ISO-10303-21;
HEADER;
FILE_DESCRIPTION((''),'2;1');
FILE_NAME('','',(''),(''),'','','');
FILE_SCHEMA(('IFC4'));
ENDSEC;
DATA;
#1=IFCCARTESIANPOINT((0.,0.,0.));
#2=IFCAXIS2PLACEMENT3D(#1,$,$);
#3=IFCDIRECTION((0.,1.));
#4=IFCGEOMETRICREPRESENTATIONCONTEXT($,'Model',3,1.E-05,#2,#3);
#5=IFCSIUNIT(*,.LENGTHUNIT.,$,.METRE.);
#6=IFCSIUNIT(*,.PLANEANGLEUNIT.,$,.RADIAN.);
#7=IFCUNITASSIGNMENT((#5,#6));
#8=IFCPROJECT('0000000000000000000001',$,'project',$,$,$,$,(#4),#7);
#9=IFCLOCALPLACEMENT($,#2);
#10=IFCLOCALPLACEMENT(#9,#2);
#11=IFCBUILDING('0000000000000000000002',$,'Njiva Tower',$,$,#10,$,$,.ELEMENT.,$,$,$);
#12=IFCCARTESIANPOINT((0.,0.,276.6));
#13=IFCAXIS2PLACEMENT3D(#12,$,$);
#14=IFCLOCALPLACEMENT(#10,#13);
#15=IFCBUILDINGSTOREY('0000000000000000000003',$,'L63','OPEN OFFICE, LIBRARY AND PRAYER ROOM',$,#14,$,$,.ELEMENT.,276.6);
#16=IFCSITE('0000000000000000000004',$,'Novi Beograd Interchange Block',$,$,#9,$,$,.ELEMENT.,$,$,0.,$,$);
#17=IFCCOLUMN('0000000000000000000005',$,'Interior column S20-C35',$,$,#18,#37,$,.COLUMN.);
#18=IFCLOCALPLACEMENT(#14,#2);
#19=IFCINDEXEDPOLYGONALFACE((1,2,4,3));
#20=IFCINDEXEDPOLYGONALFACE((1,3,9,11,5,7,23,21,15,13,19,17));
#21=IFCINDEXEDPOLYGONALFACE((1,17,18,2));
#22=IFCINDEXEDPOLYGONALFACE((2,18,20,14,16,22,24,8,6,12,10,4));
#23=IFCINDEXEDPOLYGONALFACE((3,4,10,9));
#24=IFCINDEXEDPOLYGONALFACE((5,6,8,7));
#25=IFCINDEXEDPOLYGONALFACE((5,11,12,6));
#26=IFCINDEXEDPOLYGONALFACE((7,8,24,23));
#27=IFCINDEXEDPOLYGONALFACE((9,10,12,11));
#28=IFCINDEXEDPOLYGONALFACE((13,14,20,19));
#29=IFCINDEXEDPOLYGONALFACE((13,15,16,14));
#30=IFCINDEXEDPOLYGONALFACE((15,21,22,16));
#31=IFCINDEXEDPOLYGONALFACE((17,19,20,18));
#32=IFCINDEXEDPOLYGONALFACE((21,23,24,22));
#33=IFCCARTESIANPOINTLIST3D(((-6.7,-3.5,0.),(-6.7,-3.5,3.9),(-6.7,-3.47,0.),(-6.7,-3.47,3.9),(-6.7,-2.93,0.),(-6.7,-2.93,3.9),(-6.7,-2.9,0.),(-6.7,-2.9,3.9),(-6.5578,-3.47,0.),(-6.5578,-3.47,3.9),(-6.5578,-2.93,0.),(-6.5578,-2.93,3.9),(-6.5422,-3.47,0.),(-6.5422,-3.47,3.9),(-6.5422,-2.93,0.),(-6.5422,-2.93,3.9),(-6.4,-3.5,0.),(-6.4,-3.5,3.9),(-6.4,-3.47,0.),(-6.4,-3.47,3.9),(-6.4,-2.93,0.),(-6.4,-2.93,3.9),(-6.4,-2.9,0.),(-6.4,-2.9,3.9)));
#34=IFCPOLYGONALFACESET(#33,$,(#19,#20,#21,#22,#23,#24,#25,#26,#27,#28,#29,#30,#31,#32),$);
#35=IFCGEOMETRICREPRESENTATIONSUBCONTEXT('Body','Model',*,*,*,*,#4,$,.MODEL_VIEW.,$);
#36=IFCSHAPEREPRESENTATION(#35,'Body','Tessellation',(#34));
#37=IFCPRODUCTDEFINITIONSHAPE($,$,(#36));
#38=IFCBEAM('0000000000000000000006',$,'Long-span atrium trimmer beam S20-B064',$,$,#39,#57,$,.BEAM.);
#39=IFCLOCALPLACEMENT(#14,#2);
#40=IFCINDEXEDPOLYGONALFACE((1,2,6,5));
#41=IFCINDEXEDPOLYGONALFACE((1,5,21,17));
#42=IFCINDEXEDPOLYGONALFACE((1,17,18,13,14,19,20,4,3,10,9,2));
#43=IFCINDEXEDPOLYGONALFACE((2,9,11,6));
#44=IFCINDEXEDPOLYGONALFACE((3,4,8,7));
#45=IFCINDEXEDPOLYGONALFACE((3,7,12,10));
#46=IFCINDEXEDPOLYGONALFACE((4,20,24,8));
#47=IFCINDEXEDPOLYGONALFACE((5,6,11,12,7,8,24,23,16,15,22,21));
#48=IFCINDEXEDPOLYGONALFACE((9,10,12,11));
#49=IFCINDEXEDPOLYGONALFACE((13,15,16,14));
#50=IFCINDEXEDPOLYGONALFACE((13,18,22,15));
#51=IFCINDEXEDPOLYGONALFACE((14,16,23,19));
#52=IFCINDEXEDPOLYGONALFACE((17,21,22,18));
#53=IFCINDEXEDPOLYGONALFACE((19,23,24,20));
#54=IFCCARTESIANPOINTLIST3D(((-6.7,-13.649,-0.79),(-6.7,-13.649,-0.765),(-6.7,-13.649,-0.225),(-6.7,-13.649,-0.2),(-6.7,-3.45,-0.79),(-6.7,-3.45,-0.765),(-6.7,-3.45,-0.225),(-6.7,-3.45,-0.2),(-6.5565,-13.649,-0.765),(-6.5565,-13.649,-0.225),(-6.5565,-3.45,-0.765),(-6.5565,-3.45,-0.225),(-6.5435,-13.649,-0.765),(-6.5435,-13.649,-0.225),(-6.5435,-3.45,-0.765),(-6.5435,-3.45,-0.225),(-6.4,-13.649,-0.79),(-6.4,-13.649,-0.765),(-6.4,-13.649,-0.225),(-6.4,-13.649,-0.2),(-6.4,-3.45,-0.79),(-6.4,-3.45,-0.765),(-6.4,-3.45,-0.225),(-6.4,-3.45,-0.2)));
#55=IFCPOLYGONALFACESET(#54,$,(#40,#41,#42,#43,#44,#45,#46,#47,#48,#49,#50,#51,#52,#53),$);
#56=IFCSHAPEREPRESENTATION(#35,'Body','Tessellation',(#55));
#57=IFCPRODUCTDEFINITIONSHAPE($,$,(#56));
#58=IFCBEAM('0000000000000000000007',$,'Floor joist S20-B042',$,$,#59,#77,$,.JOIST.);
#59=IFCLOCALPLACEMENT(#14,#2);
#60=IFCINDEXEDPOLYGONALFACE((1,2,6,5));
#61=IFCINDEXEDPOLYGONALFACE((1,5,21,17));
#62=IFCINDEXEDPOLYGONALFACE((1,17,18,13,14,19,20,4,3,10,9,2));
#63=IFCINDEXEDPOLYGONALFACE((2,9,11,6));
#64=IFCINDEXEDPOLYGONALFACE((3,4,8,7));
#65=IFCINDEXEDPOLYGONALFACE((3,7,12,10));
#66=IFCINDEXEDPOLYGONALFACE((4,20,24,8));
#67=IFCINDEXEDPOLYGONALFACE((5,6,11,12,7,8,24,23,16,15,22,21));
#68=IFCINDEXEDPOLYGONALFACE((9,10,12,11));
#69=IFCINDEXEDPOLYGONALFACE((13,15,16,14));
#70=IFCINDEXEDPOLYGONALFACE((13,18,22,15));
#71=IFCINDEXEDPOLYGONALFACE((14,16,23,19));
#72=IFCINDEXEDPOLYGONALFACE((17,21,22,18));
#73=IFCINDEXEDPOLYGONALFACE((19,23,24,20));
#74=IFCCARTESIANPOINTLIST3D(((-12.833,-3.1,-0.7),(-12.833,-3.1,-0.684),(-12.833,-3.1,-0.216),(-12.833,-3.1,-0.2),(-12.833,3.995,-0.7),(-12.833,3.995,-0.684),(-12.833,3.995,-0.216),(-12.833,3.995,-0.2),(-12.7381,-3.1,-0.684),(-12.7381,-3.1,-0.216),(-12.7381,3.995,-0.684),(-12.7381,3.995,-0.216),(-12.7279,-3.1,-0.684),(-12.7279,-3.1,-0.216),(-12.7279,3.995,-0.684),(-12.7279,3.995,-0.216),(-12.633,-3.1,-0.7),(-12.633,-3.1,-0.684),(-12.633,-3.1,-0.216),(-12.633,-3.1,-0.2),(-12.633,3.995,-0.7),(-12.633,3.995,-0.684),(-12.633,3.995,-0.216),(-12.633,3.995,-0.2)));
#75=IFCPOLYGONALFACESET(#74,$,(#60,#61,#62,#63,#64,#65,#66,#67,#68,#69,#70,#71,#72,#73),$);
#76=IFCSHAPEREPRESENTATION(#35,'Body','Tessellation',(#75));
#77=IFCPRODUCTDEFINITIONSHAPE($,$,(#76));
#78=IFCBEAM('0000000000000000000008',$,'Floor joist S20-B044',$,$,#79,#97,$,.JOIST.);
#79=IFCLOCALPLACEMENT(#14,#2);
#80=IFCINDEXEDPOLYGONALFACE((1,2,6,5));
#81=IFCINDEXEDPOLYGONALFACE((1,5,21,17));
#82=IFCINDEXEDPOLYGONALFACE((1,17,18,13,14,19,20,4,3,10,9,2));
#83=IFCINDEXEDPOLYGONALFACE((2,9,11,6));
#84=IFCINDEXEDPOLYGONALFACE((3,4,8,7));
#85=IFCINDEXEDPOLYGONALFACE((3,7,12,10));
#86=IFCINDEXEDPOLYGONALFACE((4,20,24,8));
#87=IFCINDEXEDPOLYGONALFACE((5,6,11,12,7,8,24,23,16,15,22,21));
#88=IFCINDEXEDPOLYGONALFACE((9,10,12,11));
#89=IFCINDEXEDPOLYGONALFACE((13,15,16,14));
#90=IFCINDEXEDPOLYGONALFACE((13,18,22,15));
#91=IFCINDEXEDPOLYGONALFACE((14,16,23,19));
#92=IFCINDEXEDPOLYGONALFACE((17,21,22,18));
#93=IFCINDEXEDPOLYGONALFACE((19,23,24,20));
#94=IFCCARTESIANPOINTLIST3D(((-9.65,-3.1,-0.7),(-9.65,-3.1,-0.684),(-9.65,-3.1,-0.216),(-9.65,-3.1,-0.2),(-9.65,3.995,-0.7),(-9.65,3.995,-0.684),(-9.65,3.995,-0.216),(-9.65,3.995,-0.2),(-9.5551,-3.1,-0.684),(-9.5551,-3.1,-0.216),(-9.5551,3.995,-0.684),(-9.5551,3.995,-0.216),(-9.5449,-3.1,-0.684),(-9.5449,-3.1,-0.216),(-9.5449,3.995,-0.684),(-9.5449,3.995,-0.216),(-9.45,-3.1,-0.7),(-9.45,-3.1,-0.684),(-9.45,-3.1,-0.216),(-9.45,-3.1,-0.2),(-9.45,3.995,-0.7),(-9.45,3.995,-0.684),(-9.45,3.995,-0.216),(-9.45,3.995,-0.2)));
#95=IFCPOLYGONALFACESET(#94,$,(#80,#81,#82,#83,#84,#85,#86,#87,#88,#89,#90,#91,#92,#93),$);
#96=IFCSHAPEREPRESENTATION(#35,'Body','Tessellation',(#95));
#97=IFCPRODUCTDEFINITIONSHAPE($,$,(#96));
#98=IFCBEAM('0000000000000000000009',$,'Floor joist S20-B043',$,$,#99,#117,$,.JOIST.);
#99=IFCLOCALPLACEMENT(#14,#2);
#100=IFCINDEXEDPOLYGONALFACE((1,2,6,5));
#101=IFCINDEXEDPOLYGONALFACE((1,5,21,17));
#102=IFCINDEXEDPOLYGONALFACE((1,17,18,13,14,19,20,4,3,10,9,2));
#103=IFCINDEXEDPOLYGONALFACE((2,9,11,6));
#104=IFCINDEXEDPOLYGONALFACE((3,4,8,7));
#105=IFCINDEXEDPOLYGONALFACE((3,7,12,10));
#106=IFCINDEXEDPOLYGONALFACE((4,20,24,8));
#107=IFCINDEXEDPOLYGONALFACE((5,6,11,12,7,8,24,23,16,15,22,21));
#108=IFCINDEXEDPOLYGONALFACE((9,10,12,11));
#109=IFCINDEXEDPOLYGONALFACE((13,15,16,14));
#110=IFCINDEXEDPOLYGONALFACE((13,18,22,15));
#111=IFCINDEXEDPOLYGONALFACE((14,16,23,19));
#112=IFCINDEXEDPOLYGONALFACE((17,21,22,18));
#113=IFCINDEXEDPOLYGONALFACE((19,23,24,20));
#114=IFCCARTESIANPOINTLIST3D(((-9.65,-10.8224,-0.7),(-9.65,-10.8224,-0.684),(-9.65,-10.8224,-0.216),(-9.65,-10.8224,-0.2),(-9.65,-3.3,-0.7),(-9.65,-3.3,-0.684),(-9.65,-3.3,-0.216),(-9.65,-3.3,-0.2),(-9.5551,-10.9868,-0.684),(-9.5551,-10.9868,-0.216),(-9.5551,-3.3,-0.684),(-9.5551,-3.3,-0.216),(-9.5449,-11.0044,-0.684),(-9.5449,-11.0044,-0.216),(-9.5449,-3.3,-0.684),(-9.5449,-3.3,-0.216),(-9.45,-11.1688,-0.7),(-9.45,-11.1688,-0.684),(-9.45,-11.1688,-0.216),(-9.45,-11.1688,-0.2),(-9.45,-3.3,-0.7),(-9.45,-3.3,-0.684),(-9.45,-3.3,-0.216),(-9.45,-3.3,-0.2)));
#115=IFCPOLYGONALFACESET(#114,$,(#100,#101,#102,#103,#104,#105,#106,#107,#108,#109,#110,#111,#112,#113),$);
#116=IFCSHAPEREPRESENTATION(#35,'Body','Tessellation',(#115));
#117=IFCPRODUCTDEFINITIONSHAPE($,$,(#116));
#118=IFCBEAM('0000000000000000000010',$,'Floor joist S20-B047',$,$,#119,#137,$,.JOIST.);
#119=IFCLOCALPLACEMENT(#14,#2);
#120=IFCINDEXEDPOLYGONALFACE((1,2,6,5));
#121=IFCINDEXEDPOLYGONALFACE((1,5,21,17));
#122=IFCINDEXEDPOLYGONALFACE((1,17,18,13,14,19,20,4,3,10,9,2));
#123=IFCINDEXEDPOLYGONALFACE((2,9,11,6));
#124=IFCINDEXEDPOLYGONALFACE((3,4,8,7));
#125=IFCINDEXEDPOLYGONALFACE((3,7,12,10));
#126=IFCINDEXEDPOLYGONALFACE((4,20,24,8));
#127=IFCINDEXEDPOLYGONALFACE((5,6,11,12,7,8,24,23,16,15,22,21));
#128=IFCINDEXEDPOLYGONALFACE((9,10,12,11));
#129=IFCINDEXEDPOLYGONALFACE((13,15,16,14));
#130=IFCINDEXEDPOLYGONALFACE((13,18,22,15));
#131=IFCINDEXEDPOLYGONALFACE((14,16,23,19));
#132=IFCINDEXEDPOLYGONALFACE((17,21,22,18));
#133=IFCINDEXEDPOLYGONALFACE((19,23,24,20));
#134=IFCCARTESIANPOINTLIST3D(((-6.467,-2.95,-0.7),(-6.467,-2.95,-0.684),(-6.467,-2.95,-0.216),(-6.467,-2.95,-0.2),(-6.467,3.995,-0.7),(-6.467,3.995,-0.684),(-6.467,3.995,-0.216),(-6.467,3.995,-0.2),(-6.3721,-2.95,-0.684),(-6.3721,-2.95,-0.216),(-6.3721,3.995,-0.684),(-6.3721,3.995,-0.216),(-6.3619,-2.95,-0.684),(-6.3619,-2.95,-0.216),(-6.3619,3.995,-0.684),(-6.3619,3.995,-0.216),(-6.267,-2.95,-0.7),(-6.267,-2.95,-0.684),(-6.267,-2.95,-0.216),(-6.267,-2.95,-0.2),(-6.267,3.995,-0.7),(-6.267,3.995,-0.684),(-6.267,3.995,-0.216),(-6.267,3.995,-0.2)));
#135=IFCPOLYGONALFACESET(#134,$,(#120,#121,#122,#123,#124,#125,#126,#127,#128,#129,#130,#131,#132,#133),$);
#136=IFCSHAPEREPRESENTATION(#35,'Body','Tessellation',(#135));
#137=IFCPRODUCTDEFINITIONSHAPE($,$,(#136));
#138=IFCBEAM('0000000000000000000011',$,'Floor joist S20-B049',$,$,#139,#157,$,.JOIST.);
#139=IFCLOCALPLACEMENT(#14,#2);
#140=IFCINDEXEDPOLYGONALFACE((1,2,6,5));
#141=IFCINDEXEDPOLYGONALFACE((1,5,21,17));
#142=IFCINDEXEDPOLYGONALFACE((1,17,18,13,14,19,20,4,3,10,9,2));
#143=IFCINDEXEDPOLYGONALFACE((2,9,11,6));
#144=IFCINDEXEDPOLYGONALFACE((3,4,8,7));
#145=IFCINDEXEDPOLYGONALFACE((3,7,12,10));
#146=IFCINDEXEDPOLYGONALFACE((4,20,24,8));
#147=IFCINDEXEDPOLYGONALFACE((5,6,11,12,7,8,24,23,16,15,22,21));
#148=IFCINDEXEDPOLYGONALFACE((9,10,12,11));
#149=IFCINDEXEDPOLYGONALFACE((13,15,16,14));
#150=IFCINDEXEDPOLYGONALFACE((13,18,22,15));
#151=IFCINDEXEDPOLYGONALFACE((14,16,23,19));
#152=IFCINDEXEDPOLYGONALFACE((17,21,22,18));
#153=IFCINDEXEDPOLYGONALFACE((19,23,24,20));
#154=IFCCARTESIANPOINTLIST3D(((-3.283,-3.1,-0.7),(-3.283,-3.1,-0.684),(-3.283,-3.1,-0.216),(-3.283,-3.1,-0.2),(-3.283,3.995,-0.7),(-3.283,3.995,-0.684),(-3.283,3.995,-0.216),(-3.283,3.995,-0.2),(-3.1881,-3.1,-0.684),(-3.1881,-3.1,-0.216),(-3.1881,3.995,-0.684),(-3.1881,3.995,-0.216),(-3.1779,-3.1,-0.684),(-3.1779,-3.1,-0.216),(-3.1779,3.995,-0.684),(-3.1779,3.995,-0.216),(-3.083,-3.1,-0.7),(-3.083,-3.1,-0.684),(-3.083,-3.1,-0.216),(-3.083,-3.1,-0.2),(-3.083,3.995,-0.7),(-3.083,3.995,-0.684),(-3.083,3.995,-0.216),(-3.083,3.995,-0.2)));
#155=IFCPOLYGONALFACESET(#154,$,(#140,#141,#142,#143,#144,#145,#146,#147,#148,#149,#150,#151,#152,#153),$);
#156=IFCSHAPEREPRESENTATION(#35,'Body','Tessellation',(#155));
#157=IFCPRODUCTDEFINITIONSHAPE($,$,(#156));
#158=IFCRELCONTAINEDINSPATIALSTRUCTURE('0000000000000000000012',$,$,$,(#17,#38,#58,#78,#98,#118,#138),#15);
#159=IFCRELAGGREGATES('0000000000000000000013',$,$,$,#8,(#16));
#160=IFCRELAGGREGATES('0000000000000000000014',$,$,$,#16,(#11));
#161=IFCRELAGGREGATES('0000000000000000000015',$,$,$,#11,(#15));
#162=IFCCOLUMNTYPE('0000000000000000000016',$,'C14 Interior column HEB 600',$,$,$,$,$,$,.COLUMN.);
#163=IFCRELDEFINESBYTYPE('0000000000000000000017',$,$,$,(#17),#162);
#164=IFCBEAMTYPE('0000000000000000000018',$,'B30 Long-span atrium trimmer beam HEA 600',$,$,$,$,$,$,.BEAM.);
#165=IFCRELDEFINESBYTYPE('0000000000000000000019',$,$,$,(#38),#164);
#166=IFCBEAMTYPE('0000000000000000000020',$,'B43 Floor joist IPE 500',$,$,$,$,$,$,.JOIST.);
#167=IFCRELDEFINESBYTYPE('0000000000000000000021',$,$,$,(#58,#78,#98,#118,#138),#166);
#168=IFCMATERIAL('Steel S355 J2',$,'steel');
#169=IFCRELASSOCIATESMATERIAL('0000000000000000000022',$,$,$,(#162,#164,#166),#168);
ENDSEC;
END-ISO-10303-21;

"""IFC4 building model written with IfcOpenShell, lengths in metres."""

from ifc_helpers import new_model, si_unit, direction, frame, origin, origin_2d, place, context, subcontext, project, spatial, i_section, extrude, clip, halfspace, material, material_profile, profile_set, type_object, element, save


model = new_model("IFC4")

# Units and contexts
model_context = context("Model", 3, precision=1e-05, world=origin(), true_north=direction((0.0, 1.0)))
body_context = subcontext(model_context, "Body", "Model", "MODEL_VIEW")
ifc_project = project(units=[si_unit("LENGTHUNIT", "METRE"), si_unit("PLANEANGLEUNIT", "RADIAN")], contexts=[model_context])

# Site, building, storey
site_placement = place(None, origin())
site = spatial("IfcSite", under=ifc_project, at=site_placement, Name="Novi Beograd Interchange Block", CompositionType="ELEMENT", RefElevation=0.0)
building_placement = place(site_placement, origin())
building = spatial("IfcBuilding", under=site, at=building_placement, Name="Njiva Tower", CompositionType="ELEMENT")
storey_placement = place(building_placement, frame((0.0, 0.0, 276.6)))
storey = spatial("IfcBuildingStorey", under=building, at=storey_placement, Name="L63", Description="OPEN OFFICE, LIBRARY AND PRAYER ROOM", CompositionType="ELEMENT", Elevation=276.6)

# Column
ifc_material_1 = material(Name="Steel S355 J2", Category="steel")
ifc_material_profile_1 = material_profile(ifc_material_1, i_section(OverallWidth=0.3, OverallDepth=0.6, WebThickness=0.0155, FlangeThickness=0.03, at=origin_2d()), Name="HEB 600")
ifc_profile_set_1 = profile_set([ifc_material_profile_1], Name="Steel S355 J2")
column_type = type_object("IfcColumnType", Name="C14 Interior column HEB 600", PredefinedType="COLUMN", material=ifc_profile_set_1)
column_placement = place(storey_placement, frame((-6.55, -3.2, 0.0), z_axis=(0.0, 0.0, 1.0), x_axis=(1.0, 0.0, 0.0)))
element("IfcColumn", 1, at=column_placement, inside=storey, type_object=column_type, Name="Interior column S20-C35", PredefinedType="COLUMN", context=body_context, shape_type="SweptSolid", body=[
    extrude(i_section(OverallWidth=0.3, OverallDepth=0.6, WebThickness=0.0155, FlangeThickness=0.03, at=origin_2d()), origin(), (0.0, 0.0, 1.0), 3.9),
])

# Beams
ifc_material_profile_2 = material_profile(ifc_material_1, i_section(OverallWidth=0.3, OverallDepth=0.59, WebThickness=0.013, FlangeThickness=0.025, at=origin_2d()), Name="HEA 600")
ifc_profile_set_2 = profile_set([ifc_material_profile_2], Name="Steel S355 J2")
beam_type_1 = type_object("IfcBeamType", Name="B30 Long-span atrium trimmer beam HEA 600", PredefinedType="BEAM", material=ifc_profile_set_2)
beam_1_placement = place(storey_placement, frame((-6.55, -3.45, -0.495), z_axis=(0.0, -1.0, 0.0), x_axis=(1.0, 0.0, 0.0)))
element("IfcBeam", 2, at=beam_1_placement, inside=storey, type_object=beam_type_1, Name="Long-span atrium trimmer beam S20-B064", PredefinedType="BEAM", context=body_context, shape_type="SweptSolid", body=[
    extrude(i_section(OverallWidth=0.3, OverallDepth=0.59, WebThickness=0.013, FlangeThickness=0.025, at=origin_2d()), origin(), (0.0, 0.0, 1.0), 10.199),
])
ifc_material_profile_3 = material_profile(ifc_material_1, i_section(OverallWidth=0.2, OverallDepth=0.5, WebThickness=0.0102, FlangeThickness=0.016, at=origin_2d()), Name="IPE 500")
ifc_profile_set_3 = profile_set([ifc_material_profile_3], Name="Steel S355 J2")
beam_type_2 = type_object("IfcBeamType", Name="B43 Floor joist IPE 500", PredefinedType="JOIST", material=ifc_profile_set_3)
for number, where, z_axis, x_axis, name in (
    (3, (-12.733, 3.995, -0.45), (0.0, -1.0, 0.0), (1.0, 0.0, 0.0), "Floor joist S20-B042"),
    (4, (-9.55, 3.995, -0.45), (0.0, -1.0, 0.0), (1.0, 0.0, 0.0), "Floor joist S20-B044"),
):
    element("IfcBeam", number, at=place(storey_placement, frame(where, z_axis=z_axis, x_axis=x_axis)), inside=storey, type_object=beam_type_2, Name=name, PredefinedType="JOIST", context=body_context, shape_type="SweptSolid", body=[
        extrude(i_section(OverallWidth=0.2, OverallDepth=0.5, WebThickness=0.0102, FlangeThickness=0.016, at=origin_2d()), origin(), (0.0, 0.0, 1.0), 7.095),
    ])
beam_2_placement = place(storey_placement, frame((-9.55, -3.3, -0.45), z_axis=(0.0, -1.0, 0.0), x_axis=(1.0, 0.0, 0.0)))
element("IfcBeam", 5, at=beam_2_placement, inside=storey, type_object=beam_type_2, Name="Floor joist S20-B043", PredefinedType="JOIST", context=body_context, shape_type="Clipping", body=[
    clip(extrude(i_section(OverallWidth=0.2, OverallDepth=0.5, WebThickness=0.0102, FlangeThickness=0.016, at=origin_2d()), origin(), (0.0, 0.0, 1.0), 7.889), halfspace(frame((-0.0433, 0.0, 7.6206), z_axis=(-0.866027, 0.0, 0.499998), x_axis=(0.0, 1.0, 0.0)), False)),
])
beam_3_placement = place(storey_placement, frame((-6.367, 3.995, -0.45), z_axis=(0.0, -1.0, 0.0), x_axis=(1.0, 0.0, 0.0)))
element("IfcBeam", 6, at=beam_3_placement, inside=storey, type_object=beam_type_2, Name="Floor joist S20-B047", PredefinedType="JOIST", context=body_context, shape_type="SweptSolid", body=[
    extrude(i_section(OverallWidth=0.2, OverallDepth=0.5, WebThickness=0.0102, FlangeThickness=0.016, at=origin_2d()), origin(), (0.0, 0.0, 1.0), 6.945),
])
beam_4_placement = place(storey_placement, frame((-3.183, 3.995, -0.45), z_axis=(0.0, -1.0, 0.0), x_axis=(1.0, 0.0, 0.0)))
element("IfcBeam", 7, at=beam_4_placement, inside=storey, type_object=beam_type_2, Name="Floor joist S20-B049", PredefinedType="JOIST", context=body_context, shape_type="SweptSolid", body=[
    extrude(i_section(OverallWidth=0.2, OverallDepth=0.5, WebThickness=0.0102, FlangeThickness=0.016, at=origin_2d()), origin(), (0.0, 0.0, 1.0), 7.095),
])

save(model, "model.ifc")
